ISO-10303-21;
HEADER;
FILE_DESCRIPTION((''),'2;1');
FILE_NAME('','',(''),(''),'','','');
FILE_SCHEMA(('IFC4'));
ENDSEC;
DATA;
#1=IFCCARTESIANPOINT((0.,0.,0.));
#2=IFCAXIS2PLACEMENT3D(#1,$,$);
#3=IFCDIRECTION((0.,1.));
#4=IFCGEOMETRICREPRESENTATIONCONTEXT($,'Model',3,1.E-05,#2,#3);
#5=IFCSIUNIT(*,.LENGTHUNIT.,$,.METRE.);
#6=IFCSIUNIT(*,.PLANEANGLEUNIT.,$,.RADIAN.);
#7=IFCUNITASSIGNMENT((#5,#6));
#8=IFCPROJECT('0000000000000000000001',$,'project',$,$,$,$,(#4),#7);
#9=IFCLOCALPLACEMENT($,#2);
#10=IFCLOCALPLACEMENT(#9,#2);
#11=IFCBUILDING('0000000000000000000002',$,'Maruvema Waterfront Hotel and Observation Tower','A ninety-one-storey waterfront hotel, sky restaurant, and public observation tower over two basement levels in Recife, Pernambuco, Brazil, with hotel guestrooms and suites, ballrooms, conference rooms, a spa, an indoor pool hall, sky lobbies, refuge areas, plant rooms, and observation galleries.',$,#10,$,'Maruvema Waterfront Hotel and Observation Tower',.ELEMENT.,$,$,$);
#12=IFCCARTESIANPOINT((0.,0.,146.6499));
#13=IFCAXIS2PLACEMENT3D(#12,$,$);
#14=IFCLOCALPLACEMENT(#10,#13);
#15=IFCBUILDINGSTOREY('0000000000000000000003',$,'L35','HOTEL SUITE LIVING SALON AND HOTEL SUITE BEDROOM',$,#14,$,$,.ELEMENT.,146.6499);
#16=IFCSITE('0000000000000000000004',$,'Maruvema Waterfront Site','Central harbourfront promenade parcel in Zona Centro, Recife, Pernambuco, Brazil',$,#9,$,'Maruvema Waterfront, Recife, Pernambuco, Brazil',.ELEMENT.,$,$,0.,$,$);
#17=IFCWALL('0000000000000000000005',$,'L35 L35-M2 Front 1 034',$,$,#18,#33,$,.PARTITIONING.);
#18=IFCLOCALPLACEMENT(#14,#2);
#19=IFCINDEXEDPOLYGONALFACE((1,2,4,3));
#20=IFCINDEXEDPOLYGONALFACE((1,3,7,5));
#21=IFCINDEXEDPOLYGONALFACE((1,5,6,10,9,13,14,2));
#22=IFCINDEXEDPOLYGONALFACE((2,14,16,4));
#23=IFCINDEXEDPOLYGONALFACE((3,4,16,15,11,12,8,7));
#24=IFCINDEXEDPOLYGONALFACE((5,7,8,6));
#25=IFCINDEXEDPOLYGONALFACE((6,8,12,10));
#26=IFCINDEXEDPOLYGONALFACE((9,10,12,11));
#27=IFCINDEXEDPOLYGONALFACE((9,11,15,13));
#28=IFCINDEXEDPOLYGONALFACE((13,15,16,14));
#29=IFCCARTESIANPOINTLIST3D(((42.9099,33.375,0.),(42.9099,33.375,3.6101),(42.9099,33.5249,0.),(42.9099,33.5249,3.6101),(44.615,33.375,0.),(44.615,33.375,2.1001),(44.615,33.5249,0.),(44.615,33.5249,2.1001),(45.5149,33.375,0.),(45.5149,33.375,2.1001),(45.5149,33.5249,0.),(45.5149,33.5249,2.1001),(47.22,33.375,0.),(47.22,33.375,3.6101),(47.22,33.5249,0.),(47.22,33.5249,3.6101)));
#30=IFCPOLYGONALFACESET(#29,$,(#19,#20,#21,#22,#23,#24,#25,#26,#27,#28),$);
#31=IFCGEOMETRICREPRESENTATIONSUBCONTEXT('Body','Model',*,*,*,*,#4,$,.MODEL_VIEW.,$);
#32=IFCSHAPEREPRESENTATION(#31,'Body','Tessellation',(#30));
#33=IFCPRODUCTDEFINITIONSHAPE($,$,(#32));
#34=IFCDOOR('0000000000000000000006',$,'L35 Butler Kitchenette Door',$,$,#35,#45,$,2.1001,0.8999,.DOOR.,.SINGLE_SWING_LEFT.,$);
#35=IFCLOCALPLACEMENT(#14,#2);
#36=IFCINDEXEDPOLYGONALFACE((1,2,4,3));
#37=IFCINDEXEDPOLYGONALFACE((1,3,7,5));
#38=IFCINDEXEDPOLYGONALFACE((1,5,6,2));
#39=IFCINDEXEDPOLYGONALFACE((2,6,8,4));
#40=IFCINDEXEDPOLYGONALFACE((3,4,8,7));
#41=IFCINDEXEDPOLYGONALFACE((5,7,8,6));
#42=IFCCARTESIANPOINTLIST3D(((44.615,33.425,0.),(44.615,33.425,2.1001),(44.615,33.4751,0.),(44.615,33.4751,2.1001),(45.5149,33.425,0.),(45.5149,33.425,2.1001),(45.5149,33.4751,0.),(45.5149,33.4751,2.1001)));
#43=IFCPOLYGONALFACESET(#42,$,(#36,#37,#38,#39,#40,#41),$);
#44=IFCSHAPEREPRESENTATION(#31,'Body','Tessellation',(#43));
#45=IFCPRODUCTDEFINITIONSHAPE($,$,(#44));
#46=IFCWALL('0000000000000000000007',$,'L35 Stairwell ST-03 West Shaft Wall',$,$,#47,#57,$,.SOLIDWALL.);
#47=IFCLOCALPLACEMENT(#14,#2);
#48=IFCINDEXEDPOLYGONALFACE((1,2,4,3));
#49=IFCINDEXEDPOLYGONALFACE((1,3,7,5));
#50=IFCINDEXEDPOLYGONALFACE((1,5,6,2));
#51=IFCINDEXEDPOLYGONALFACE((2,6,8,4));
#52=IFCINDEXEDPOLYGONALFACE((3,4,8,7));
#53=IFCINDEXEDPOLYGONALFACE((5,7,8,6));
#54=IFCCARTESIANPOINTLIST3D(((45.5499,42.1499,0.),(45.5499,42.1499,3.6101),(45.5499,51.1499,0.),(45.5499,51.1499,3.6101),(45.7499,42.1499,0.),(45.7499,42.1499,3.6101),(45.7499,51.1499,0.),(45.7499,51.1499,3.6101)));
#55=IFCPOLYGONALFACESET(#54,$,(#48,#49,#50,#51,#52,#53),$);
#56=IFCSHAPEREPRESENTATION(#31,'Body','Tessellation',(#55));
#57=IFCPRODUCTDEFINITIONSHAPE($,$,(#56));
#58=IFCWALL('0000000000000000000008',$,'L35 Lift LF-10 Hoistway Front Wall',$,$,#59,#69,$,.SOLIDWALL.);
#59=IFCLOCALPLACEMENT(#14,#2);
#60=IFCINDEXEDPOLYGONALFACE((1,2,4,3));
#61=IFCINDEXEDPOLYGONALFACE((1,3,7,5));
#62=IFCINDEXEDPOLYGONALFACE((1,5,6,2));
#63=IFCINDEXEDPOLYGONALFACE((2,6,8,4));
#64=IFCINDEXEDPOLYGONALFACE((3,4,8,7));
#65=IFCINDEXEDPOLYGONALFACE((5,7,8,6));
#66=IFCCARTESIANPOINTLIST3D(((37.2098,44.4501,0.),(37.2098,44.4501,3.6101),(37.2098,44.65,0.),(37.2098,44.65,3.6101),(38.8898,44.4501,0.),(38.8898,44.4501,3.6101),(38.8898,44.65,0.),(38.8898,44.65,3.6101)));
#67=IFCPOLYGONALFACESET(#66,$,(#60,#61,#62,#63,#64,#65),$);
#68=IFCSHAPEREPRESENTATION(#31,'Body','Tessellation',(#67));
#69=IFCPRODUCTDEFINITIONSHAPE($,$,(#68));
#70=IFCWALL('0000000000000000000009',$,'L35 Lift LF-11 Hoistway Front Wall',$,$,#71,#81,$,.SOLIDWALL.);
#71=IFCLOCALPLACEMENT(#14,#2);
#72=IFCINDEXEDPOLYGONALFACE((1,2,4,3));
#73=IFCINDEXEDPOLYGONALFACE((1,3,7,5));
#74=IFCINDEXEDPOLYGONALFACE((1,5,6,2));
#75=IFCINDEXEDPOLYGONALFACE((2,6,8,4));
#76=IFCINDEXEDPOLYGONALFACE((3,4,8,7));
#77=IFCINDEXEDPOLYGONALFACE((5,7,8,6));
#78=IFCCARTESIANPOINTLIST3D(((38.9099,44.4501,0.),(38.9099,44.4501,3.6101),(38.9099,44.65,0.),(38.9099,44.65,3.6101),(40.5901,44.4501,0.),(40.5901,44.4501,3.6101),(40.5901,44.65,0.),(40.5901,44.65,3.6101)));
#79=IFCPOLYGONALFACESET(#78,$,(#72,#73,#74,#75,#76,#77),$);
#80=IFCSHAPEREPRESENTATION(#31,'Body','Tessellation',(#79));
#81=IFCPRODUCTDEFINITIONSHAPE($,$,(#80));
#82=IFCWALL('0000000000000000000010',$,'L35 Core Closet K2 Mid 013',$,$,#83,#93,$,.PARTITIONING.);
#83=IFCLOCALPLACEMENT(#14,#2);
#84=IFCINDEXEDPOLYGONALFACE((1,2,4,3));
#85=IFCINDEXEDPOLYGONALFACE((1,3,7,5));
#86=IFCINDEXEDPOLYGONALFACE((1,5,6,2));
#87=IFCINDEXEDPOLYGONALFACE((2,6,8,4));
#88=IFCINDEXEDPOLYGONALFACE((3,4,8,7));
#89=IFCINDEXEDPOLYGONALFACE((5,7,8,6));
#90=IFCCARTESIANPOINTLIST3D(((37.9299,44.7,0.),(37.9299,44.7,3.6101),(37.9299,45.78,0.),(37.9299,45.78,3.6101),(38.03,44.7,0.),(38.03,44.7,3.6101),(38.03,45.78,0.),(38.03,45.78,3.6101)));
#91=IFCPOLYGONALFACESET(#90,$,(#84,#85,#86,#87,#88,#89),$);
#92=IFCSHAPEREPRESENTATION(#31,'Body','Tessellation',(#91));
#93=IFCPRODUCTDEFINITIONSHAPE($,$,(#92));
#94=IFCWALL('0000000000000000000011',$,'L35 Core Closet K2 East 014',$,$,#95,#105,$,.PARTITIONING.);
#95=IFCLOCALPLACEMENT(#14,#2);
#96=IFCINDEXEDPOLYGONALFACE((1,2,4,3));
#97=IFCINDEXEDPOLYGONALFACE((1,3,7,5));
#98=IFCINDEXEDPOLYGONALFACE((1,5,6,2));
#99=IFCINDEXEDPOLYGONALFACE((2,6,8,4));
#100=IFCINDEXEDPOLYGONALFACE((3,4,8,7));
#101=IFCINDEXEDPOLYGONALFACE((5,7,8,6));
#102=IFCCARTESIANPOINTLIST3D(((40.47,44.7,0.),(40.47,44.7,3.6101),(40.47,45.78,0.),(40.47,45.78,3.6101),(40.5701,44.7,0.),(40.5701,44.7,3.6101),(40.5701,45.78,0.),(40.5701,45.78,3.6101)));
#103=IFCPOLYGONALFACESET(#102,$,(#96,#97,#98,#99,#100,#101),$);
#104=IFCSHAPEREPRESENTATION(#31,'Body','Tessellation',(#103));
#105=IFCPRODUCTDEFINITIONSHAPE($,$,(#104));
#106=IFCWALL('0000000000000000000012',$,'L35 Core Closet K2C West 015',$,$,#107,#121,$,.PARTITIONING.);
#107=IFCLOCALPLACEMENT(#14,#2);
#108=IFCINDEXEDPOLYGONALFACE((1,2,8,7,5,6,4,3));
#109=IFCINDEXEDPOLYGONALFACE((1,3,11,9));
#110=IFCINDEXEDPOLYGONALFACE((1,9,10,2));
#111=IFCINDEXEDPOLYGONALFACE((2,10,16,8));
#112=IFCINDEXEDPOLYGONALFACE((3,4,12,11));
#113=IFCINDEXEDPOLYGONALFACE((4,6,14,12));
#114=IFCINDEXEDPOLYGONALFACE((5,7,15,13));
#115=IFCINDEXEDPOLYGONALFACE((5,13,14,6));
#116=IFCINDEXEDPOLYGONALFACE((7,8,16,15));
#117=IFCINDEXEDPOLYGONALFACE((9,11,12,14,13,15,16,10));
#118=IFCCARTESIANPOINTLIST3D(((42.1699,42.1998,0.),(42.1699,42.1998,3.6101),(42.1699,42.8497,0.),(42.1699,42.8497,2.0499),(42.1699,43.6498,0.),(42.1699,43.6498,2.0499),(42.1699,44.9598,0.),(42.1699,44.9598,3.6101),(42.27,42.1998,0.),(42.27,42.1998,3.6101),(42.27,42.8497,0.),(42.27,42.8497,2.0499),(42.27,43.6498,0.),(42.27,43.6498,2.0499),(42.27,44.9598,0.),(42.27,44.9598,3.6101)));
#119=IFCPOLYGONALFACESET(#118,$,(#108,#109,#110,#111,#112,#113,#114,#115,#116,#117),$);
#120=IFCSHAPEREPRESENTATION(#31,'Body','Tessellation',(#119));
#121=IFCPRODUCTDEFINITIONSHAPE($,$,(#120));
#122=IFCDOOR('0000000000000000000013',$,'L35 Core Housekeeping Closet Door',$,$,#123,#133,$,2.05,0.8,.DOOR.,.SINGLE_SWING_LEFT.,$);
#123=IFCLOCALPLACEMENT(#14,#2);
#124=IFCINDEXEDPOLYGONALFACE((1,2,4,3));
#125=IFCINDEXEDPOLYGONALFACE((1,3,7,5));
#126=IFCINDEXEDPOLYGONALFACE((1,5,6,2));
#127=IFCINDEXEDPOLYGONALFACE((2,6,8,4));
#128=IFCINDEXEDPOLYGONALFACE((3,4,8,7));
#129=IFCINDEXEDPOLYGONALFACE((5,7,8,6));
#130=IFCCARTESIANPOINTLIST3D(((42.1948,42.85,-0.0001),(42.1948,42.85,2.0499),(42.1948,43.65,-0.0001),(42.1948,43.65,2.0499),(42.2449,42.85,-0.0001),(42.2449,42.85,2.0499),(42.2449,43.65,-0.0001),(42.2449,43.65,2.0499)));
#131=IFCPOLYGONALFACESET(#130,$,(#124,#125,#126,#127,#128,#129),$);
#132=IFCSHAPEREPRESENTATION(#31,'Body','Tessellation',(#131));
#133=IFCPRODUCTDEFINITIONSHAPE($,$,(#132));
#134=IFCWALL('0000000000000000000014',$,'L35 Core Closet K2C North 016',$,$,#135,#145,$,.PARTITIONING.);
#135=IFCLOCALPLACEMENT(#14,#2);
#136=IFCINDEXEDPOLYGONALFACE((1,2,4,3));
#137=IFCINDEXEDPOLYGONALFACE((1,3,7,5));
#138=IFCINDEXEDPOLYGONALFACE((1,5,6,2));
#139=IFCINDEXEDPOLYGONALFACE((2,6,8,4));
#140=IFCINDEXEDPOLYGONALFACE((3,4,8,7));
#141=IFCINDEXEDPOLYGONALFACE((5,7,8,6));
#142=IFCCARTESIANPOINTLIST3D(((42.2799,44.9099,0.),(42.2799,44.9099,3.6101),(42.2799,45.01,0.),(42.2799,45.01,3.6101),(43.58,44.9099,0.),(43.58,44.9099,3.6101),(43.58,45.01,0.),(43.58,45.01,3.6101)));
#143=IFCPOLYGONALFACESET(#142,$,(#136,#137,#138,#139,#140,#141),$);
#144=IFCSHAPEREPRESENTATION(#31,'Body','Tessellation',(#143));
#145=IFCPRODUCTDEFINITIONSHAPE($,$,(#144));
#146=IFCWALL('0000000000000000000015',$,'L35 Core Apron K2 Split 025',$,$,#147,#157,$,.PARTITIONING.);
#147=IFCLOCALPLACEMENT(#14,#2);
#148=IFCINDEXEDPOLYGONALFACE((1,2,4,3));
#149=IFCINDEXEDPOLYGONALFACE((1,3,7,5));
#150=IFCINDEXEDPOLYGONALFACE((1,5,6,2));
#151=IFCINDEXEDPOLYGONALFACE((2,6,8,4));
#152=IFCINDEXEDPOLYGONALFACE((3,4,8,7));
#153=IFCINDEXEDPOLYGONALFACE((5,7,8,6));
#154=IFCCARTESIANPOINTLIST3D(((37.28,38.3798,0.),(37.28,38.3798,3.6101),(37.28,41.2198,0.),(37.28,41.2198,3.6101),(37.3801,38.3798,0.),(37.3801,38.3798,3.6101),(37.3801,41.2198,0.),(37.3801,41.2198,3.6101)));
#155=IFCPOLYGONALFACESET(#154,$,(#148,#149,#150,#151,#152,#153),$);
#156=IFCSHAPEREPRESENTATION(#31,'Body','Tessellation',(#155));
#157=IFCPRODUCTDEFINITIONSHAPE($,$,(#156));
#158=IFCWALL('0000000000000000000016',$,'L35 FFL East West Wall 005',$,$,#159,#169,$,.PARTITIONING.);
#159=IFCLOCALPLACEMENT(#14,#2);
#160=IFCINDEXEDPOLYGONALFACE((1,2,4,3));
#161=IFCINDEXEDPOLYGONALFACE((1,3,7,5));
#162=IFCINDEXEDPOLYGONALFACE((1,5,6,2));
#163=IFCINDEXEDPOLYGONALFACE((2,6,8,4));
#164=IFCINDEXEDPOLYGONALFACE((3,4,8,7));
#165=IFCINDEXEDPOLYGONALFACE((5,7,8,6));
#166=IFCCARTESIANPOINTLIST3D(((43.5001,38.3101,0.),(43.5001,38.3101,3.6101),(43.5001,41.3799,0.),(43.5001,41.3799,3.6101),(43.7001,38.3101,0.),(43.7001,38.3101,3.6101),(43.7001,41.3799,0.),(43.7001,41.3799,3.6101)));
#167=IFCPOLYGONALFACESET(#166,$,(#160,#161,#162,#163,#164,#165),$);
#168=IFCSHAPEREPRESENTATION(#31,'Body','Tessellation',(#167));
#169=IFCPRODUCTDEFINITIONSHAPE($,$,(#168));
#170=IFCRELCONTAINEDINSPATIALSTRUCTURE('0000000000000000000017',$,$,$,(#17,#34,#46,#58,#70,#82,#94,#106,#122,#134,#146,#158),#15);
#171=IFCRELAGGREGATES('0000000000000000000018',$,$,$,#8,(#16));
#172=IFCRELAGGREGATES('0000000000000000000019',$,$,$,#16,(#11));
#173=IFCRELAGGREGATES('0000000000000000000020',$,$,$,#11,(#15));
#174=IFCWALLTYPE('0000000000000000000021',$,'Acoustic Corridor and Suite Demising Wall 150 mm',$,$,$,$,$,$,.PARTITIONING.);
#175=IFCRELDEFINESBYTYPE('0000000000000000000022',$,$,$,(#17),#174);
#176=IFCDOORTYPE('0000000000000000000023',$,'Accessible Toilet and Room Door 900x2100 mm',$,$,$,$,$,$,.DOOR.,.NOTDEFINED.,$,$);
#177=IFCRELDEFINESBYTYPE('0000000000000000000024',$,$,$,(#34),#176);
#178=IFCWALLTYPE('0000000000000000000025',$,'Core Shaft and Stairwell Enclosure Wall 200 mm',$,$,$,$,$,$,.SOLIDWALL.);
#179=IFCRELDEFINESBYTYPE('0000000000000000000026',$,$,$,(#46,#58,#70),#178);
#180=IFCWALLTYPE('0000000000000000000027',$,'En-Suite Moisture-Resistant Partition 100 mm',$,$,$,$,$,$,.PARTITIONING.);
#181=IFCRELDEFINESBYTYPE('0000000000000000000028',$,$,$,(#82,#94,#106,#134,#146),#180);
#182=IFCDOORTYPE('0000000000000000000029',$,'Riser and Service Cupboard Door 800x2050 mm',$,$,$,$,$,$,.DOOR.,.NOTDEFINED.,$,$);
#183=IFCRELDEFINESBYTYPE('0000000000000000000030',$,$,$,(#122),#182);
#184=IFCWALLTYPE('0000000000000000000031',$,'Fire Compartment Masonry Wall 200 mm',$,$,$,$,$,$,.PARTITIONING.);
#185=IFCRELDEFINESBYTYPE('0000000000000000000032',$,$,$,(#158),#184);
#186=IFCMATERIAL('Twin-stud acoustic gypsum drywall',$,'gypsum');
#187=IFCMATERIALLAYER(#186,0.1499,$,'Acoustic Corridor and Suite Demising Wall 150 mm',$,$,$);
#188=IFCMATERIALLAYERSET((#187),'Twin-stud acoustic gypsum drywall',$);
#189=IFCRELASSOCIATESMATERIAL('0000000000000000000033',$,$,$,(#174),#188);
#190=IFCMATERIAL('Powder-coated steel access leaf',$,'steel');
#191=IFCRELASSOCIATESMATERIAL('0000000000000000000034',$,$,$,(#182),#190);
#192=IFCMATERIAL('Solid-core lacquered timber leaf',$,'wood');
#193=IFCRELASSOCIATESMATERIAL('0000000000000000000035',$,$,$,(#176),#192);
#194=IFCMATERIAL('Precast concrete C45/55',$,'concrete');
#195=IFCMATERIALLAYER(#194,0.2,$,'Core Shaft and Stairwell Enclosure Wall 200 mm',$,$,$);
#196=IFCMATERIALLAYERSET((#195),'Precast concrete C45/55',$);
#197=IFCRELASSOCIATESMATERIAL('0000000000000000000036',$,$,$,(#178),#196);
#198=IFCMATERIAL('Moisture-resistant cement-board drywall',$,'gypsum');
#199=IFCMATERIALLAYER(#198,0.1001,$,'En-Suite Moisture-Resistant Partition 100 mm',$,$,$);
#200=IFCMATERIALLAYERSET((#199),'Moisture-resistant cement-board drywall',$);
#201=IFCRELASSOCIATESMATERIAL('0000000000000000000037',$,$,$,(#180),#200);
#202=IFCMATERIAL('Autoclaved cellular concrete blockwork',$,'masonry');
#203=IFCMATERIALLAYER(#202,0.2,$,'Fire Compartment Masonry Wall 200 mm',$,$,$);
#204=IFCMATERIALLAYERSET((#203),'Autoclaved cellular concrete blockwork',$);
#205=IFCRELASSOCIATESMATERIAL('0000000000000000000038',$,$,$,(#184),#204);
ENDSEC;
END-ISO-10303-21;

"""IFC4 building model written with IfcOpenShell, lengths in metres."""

from ifc_helpers import new_model, si_unit, direction, frame, frame_2d, origin, place, context, subcontext, project, spatial, rectangle, extrude, material, layer, layer_set, type_object, element, fill, save


model = new_model("IFC4")

# Units and contexts
model_context = context("Model", 3, precision=1e-05, world=origin(), true_north=direction((0.0, 1.0)))
body_context = subcontext(model_context, "Body", "Model", "MODEL_VIEW")
ifc_project = project(units=[si_unit("LENGTHUNIT", "METRE"), si_unit("PLANEANGLEUNIT", "RADIAN")], contexts=[model_context])

# Site, building, storey
site_placement = place(None, origin())
site = spatial("IfcSite", under=ifc_project, at=site_placement, Name="Maruvema Waterfront Site", Description="Central harbourfront promenade parcel in Zona Centro, Recife, Pernambuco, Brazil", LongName="Maruvema Waterfront, Recife, Pernambuco, Brazil", CompositionType="ELEMENT", RefElevation=0.0)
building_placement = place(site_placement, origin())
building = spatial("IfcBuilding", under=site, at=building_placement, Name="Maruvema Waterfront Hotel and Observation Tower", Description="A ninety-one-storey waterfront hotel, sky restaurant, and public observation tower over two basement levels in Recife, Pernambuco, Brazil, with hotel guestrooms and suites, ballrooms, conference rooms, a spa, an indoor pool hall, sky lobbies, refuge areas, plant rooms, and observation galleries.", LongName="Maruvema Waterfront Hotel and Observation Tower", CompositionType="ELEMENT")
storey_placement = place(building_placement, frame((0.0, 0.0, 146.6499)))
storey = spatial("IfcBuildingStorey", under=building, at=storey_placement, Name="L35", Description="HOTEL SUITE LIVING SALON AND HOTEL SUITE BEDROOM", CompositionType="ELEMENT", Elevation=146.6499)

# Shared definitions
ifc_material_1 = material(Name="Twin-stud acoustic gypsum drywall", Category="gypsum")
ifc_layer_1 = layer(ifc_material_1, 0.1499, Name="Acoustic Corridor and Suite Demising Wall 150 mm")
ifc_layer_set_1 = layer_set([ifc_layer_1], Name="Twin-stud acoustic gypsum drywall")
wall_type_1 = type_object("IfcWallType", Name="Acoustic Corridor and Suite Demising Wall 150 mm", PredefinedType="PARTITIONING", material=ifc_layer_set_1)
ifc_material_2 = material(Name="Powder-coated steel access leaf", Category="steel")
door_type_1 = type_object("IfcDoorType", Name="Riser and Service Cupboard Door 800x2050 mm", OperationType="NOTDEFINED", PredefinedType="DOOR", material=ifc_material_2)

# Wall, opening, door
wall_1_placement = place(storey_placement, frame((42.9099, 33.45, 0.0), z_axis=(0.0, 0.0, 1.0), x_axis=(1.0, 0.0, 0.0)))
wall_1 = element("IfcWall", 1, at=wall_1_placement, inside=storey, type_object=wall_type_1, Name="L35 L35-M2 Front 1 034", PredefinedType="PARTITIONING", context=body_context, shape_type="SweptSolid", body=[
    extrude(rectangle(XDim=4.3101, YDim=0.1499, at=frame_2d((2.155, 0.0))), origin(), (0.0, 0.0, 1.0), 3.6101),
])
opening_1_placement = place(wall_1_placement, frame((1.7051, 0.0, 0.0)))
opening_1 = element("IfcOpeningElement", 2, at=opening_1_placement, cuts=wall_1, PredefinedType="OPENING", context=body_context, shape_type="SweptSolid", body=[
    extrude(rectangle(XDim=0.8999, YDim=2.1001, at=frame_2d((0.45, 1.05))), frame((0.0, 0.085, 0.0), z_axis=(0.0, -1.0, 0.0), x_axis=(1.0, 0.0, 0.0)), (0.0, 0.0, 1.0), 0.1699),
])
ifc_material_3 = material(Name="Solid-core lacquered timber leaf", Category="wood")
door_type_2 = type_object("IfcDoorType", Name="Accessible Toilet and Room Door 900x2100 mm", OperationType="NOTDEFINED", PredefinedType="DOOR", material=ifc_material_3)
door_1_placement = place(opening_1_placement, frame((0.8999, 0.0, 0.0), z_axis=(0.0, 0.0, 1.0), x_axis=(-1.0, 0.0, 0.0)))
door_1 = element("IfcDoor", 3, at=door_1_placement, inside=storey, type_object=door_type_2, Name="L35 Butler Kitchenette Door", OperationType="SINGLE_SWING_LEFT", OverallHeight=2.1001, OverallWidth=0.8999, PredefinedType="DOOR", context=body_context, shape_type="SweptSolid", body=[
    extrude(rectangle(XDim=0.8999, YDim=2.1001, at=frame_2d((0.45, 1.05))), frame((0.0, 0.0249, 0.0), z_axis=(0.0, -1.0, 0.0), x_axis=(1.0, 0.0, 0.0)), (0.0, 0.0, 1.0), 0.05),
])
fill(opening_1, door_1)

# Walls
ifc_material_4 = material(Name="Precast concrete C45/55", Category="concrete")
ifc_layer_2 = layer(ifc_material_4, 0.2, Name="Core Shaft and Stairwell Enclosure Wall 200 mm")
ifc_layer_set_2 = layer_set([ifc_layer_2], Name="Precast concrete C45/55")
wall_type_2 = type_object("IfcWallType", Name="Core Shaft and Stairwell Enclosure Wall 200 mm", PredefinedType="SOLIDWALL", material=ifc_layer_set_2)
wall_2_placement = place(storey_placement, frame((45.6499, 42.1499, 0.0), z_axis=(0.0, 0.0, 1.0), x_axis=(0.0, 1.0, 0.0)))
element("IfcWall", 4, at=wall_2_placement, inside=storey, type_object=wall_type_2, Name="L35 Stairwell ST-03 West Shaft Wall", PredefinedType="SOLIDWALL", context=body_context, shape_type="SweptSolid", body=[
    extrude(rectangle(XDim=9.0, YDim=0.2, at=frame_2d((4.5, 0.0))), origin(), (0.0, 0.0, 1.0), 3.6101),
])
wall_3_placement = place(storey_placement, frame((37.21, 44.55, 0.0), z_axis=(0.0, 0.0, 1.0), x_axis=(1.0, 0.0, 0.0)))
element("IfcWall", 5, at=wall_3_placement, inside=storey, type_object=wall_type_2, Name="L35 Lift LF-10 Hoistway Front Wall", PredefinedType="SOLIDWALL", context=body_context, shape_type="SweptSolid", body=[
    extrude(rectangle(XDim=1.6799, YDim=0.2, at=frame_2d((0.8398, 0.0))), origin(), (0.0, 0.0, 1.0), 3.6101),
])
wall_4_placement = place(storey_placement, frame((38.9099, 44.55, 0.0), z_axis=(0.0, 0.0, 1.0), x_axis=(1.0, 0.0, 0.0)))
element("IfcWall", 6, at=wall_4_placement, inside=storey, type_object=wall_type_2, Name="L35 Lift LF-11 Hoistway Front Wall", PredefinedType="SOLIDWALL", context=body_context, shape_type="SweptSolid", body=[
    extrude(rectangle(XDim=1.6802, YDim=0.2, at=frame_2d((0.8401, 0.0))), origin(), (0.0, 0.0, 1.0), 3.6101),
])

# Walls
ifc_material_5 = material(Name="Moisture-resistant cement-board drywall", Category="gypsum")
ifc_layer_3 = layer(ifc_material_5, 0.1001, Name="En-Suite Moisture-Resistant Partition 100 mm")
ifc_layer_set_3 = layer_set([ifc_layer_3], Name="Moisture-resistant cement-board drywall")
wall_type_3 = type_object("IfcWallType", Name="En-Suite Moisture-Resistant Partition 100 mm", PredefinedType="PARTITIONING", material=ifc_layer_set_3)
for number, where, z_axis, x_axis, name in (
    (7, (37.98, 44.7, 0.0), (0.0, 0.0, 1.0), (0.0, 1.0, 0.0), "L35 Core Closet K2 Mid 013"),
    (8, (40.52, 44.7, 0.0), (0.0, 0.0, 1.0), (0.0, 1.0, 0.0), "L35 Core Closet K2 East 014"),
):
    element("IfcWall", number, at=place(storey_placement, frame(where, z_axis=z_axis, x_axis=x_axis)), inside=storey, type_object=wall_type_3, Name=name, PredefinedType="PARTITIONING", context=body_context, shape_type="SweptSolid", body=[
        extrude(rectangle(XDim=1.0801, YDim=0.1001, at=frame_2d((0.54, 0.0))), origin(), (0.0, 0.0, 1.0), 3.6101),
    ])

# Wall, opening, door
wall_5_placement = place(storey_placement, frame((42.22, 42.2, 0.0), z_axis=(0.0, 0.0, 1.0), x_axis=(0.0, 1.0, 0.0)))
wall_5 = element("IfcWall", 9, at=wall_5_placement, inside=storey, type_object=wall_type_3, Name="L35 Core Closet K2C West 015", PredefinedType="PARTITIONING", context=body_context, shape_type="SweptSolid", body=[
    extrude(rectangle(XDim=2.76, YDim=0.1001, at=frame_2d((1.3799, 0.0))), origin(), (0.0, 0.0, 1.0), 3.6101),
])
opening_2_placement = place(wall_5_placement, frame((0.6499, 0.0, 0.0)))
opening_2 = element("IfcOpeningElement", 10, at=opening_2_placement, cuts=wall_5, PredefinedType="OPENING", context=body_context, shape_type="SweptSolid", body=[
    extrude(rectangle(XDim=0.8, YDim=2.05, at=frame_2d((0.3999, 1.0249))), frame((0.0, 0.0601, 0.0), z_axis=(0.0, -1.0, 0.0), x_axis=(1.0, 0.0, 0.0)), (0.0, 0.0, 1.0), 0.1201),
])
door_2_placement = place(opening_2_placement, frame((0.8, 0.0, 0.0), z_axis=(0.0, 0.0, 1.0), x_axis=(-1.0, 0.0, 0.0)))
door_2 = element("IfcDoor", 11, at=door_2_placement, inside=storey, type_object=door_type_1, Name="L35 Core Housekeeping Closet Door", OperationType="SINGLE_SWING_LEFT", OverallHeight=2.05, OverallWidth=0.8, PredefinedType="DOOR", context=body_context, shape_type="SweptSolid", body=[
    extrude(rectangle(XDim=0.8, YDim=2.05, at=frame_2d((0.3999, 1.0249))), frame((0.0, 0.0249, 0.0), z_axis=(0.0, -1.0, 0.0), x_axis=(1.0, 0.0, 0.0)), (0.0, 0.0, 1.0), 0.05),
])
fill(opening_2, door_2)

# Walls
wall_6_placement = place(storey_placement, frame((42.28, 44.96, 0.0), z_axis=(0.0, 0.0, 1.0), x_axis=(1.0, 0.0, 0.0)))
element("IfcWall", 12, at=wall_6_placement, inside=storey, type_object=wall_type_3, Name="L35 Core Closet K2C North 016", PredefinedType="PARTITIONING", context=body_context, shape_type="SweptSolid", body=[
    extrude(rectangle(XDim=1.3, YDim=0.1001, at=frame_2d((0.6499, 0.0))), origin(), (0.0, 0.0, 1.0), 3.6101),
])
wall_7_placement = place(storey_placement, frame((37.3301, 38.3799, 0.0), z_axis=(0.0, 0.0, 1.0), x_axis=(0.0, 1.0, 0.0)))
element("IfcWall", 13, at=wall_7_placement, inside=storey, type_object=wall_type_3, Name="L35 Core Apron K2 Split 025", PredefinedType="PARTITIONING", context=body_context, shape_type="SweptSolid", body=[
    extrude(rectangle(XDim=2.8401, YDim=0.1001, at=frame_2d((1.4199, 0.0))), origin(), (0.0, 0.0, 1.0), 3.6101),
])

# Shared definitions
ifc_material_6 = material(Name="Autoclaved cellular concrete blockwork", Category="masonry")
ifc_layer_4 = layer(ifc_material_6, 0.2, Name="Fire Compartment Masonry Wall 200 mm")
ifc_layer_set_4 = layer_set([ifc_layer_4], Name="Autoclaved cellular concrete blockwork")
wall_type_4 = type_object("IfcWallType", Name="Fire Compartment Masonry Wall 200 mm", PredefinedType="PARTITIONING", material=ifc_layer_set_4)

# Wall
wall_8_placement = place(storey_placement, frame((43.6001, 38.3101, 0.0), z_axis=(0.0, 0.0, 1.0), x_axis=(0.0, 1.0, 0.0)))
element("IfcWall", 14, at=wall_8_placement, inside=storey, type_object=wall_type_4, Name="L35 FFL East West Wall 005", PredefinedType="PARTITIONING", context=body_context, shape_type="SweptSolid", body=[
    extrude(rectangle(XDim=3.0698, YDim=0.2, at=frame_2d((1.5349, 0.0))), origin(), (0.0, 0.0, 1.0), 3.6101),
])

save(model, "model.ifc")
